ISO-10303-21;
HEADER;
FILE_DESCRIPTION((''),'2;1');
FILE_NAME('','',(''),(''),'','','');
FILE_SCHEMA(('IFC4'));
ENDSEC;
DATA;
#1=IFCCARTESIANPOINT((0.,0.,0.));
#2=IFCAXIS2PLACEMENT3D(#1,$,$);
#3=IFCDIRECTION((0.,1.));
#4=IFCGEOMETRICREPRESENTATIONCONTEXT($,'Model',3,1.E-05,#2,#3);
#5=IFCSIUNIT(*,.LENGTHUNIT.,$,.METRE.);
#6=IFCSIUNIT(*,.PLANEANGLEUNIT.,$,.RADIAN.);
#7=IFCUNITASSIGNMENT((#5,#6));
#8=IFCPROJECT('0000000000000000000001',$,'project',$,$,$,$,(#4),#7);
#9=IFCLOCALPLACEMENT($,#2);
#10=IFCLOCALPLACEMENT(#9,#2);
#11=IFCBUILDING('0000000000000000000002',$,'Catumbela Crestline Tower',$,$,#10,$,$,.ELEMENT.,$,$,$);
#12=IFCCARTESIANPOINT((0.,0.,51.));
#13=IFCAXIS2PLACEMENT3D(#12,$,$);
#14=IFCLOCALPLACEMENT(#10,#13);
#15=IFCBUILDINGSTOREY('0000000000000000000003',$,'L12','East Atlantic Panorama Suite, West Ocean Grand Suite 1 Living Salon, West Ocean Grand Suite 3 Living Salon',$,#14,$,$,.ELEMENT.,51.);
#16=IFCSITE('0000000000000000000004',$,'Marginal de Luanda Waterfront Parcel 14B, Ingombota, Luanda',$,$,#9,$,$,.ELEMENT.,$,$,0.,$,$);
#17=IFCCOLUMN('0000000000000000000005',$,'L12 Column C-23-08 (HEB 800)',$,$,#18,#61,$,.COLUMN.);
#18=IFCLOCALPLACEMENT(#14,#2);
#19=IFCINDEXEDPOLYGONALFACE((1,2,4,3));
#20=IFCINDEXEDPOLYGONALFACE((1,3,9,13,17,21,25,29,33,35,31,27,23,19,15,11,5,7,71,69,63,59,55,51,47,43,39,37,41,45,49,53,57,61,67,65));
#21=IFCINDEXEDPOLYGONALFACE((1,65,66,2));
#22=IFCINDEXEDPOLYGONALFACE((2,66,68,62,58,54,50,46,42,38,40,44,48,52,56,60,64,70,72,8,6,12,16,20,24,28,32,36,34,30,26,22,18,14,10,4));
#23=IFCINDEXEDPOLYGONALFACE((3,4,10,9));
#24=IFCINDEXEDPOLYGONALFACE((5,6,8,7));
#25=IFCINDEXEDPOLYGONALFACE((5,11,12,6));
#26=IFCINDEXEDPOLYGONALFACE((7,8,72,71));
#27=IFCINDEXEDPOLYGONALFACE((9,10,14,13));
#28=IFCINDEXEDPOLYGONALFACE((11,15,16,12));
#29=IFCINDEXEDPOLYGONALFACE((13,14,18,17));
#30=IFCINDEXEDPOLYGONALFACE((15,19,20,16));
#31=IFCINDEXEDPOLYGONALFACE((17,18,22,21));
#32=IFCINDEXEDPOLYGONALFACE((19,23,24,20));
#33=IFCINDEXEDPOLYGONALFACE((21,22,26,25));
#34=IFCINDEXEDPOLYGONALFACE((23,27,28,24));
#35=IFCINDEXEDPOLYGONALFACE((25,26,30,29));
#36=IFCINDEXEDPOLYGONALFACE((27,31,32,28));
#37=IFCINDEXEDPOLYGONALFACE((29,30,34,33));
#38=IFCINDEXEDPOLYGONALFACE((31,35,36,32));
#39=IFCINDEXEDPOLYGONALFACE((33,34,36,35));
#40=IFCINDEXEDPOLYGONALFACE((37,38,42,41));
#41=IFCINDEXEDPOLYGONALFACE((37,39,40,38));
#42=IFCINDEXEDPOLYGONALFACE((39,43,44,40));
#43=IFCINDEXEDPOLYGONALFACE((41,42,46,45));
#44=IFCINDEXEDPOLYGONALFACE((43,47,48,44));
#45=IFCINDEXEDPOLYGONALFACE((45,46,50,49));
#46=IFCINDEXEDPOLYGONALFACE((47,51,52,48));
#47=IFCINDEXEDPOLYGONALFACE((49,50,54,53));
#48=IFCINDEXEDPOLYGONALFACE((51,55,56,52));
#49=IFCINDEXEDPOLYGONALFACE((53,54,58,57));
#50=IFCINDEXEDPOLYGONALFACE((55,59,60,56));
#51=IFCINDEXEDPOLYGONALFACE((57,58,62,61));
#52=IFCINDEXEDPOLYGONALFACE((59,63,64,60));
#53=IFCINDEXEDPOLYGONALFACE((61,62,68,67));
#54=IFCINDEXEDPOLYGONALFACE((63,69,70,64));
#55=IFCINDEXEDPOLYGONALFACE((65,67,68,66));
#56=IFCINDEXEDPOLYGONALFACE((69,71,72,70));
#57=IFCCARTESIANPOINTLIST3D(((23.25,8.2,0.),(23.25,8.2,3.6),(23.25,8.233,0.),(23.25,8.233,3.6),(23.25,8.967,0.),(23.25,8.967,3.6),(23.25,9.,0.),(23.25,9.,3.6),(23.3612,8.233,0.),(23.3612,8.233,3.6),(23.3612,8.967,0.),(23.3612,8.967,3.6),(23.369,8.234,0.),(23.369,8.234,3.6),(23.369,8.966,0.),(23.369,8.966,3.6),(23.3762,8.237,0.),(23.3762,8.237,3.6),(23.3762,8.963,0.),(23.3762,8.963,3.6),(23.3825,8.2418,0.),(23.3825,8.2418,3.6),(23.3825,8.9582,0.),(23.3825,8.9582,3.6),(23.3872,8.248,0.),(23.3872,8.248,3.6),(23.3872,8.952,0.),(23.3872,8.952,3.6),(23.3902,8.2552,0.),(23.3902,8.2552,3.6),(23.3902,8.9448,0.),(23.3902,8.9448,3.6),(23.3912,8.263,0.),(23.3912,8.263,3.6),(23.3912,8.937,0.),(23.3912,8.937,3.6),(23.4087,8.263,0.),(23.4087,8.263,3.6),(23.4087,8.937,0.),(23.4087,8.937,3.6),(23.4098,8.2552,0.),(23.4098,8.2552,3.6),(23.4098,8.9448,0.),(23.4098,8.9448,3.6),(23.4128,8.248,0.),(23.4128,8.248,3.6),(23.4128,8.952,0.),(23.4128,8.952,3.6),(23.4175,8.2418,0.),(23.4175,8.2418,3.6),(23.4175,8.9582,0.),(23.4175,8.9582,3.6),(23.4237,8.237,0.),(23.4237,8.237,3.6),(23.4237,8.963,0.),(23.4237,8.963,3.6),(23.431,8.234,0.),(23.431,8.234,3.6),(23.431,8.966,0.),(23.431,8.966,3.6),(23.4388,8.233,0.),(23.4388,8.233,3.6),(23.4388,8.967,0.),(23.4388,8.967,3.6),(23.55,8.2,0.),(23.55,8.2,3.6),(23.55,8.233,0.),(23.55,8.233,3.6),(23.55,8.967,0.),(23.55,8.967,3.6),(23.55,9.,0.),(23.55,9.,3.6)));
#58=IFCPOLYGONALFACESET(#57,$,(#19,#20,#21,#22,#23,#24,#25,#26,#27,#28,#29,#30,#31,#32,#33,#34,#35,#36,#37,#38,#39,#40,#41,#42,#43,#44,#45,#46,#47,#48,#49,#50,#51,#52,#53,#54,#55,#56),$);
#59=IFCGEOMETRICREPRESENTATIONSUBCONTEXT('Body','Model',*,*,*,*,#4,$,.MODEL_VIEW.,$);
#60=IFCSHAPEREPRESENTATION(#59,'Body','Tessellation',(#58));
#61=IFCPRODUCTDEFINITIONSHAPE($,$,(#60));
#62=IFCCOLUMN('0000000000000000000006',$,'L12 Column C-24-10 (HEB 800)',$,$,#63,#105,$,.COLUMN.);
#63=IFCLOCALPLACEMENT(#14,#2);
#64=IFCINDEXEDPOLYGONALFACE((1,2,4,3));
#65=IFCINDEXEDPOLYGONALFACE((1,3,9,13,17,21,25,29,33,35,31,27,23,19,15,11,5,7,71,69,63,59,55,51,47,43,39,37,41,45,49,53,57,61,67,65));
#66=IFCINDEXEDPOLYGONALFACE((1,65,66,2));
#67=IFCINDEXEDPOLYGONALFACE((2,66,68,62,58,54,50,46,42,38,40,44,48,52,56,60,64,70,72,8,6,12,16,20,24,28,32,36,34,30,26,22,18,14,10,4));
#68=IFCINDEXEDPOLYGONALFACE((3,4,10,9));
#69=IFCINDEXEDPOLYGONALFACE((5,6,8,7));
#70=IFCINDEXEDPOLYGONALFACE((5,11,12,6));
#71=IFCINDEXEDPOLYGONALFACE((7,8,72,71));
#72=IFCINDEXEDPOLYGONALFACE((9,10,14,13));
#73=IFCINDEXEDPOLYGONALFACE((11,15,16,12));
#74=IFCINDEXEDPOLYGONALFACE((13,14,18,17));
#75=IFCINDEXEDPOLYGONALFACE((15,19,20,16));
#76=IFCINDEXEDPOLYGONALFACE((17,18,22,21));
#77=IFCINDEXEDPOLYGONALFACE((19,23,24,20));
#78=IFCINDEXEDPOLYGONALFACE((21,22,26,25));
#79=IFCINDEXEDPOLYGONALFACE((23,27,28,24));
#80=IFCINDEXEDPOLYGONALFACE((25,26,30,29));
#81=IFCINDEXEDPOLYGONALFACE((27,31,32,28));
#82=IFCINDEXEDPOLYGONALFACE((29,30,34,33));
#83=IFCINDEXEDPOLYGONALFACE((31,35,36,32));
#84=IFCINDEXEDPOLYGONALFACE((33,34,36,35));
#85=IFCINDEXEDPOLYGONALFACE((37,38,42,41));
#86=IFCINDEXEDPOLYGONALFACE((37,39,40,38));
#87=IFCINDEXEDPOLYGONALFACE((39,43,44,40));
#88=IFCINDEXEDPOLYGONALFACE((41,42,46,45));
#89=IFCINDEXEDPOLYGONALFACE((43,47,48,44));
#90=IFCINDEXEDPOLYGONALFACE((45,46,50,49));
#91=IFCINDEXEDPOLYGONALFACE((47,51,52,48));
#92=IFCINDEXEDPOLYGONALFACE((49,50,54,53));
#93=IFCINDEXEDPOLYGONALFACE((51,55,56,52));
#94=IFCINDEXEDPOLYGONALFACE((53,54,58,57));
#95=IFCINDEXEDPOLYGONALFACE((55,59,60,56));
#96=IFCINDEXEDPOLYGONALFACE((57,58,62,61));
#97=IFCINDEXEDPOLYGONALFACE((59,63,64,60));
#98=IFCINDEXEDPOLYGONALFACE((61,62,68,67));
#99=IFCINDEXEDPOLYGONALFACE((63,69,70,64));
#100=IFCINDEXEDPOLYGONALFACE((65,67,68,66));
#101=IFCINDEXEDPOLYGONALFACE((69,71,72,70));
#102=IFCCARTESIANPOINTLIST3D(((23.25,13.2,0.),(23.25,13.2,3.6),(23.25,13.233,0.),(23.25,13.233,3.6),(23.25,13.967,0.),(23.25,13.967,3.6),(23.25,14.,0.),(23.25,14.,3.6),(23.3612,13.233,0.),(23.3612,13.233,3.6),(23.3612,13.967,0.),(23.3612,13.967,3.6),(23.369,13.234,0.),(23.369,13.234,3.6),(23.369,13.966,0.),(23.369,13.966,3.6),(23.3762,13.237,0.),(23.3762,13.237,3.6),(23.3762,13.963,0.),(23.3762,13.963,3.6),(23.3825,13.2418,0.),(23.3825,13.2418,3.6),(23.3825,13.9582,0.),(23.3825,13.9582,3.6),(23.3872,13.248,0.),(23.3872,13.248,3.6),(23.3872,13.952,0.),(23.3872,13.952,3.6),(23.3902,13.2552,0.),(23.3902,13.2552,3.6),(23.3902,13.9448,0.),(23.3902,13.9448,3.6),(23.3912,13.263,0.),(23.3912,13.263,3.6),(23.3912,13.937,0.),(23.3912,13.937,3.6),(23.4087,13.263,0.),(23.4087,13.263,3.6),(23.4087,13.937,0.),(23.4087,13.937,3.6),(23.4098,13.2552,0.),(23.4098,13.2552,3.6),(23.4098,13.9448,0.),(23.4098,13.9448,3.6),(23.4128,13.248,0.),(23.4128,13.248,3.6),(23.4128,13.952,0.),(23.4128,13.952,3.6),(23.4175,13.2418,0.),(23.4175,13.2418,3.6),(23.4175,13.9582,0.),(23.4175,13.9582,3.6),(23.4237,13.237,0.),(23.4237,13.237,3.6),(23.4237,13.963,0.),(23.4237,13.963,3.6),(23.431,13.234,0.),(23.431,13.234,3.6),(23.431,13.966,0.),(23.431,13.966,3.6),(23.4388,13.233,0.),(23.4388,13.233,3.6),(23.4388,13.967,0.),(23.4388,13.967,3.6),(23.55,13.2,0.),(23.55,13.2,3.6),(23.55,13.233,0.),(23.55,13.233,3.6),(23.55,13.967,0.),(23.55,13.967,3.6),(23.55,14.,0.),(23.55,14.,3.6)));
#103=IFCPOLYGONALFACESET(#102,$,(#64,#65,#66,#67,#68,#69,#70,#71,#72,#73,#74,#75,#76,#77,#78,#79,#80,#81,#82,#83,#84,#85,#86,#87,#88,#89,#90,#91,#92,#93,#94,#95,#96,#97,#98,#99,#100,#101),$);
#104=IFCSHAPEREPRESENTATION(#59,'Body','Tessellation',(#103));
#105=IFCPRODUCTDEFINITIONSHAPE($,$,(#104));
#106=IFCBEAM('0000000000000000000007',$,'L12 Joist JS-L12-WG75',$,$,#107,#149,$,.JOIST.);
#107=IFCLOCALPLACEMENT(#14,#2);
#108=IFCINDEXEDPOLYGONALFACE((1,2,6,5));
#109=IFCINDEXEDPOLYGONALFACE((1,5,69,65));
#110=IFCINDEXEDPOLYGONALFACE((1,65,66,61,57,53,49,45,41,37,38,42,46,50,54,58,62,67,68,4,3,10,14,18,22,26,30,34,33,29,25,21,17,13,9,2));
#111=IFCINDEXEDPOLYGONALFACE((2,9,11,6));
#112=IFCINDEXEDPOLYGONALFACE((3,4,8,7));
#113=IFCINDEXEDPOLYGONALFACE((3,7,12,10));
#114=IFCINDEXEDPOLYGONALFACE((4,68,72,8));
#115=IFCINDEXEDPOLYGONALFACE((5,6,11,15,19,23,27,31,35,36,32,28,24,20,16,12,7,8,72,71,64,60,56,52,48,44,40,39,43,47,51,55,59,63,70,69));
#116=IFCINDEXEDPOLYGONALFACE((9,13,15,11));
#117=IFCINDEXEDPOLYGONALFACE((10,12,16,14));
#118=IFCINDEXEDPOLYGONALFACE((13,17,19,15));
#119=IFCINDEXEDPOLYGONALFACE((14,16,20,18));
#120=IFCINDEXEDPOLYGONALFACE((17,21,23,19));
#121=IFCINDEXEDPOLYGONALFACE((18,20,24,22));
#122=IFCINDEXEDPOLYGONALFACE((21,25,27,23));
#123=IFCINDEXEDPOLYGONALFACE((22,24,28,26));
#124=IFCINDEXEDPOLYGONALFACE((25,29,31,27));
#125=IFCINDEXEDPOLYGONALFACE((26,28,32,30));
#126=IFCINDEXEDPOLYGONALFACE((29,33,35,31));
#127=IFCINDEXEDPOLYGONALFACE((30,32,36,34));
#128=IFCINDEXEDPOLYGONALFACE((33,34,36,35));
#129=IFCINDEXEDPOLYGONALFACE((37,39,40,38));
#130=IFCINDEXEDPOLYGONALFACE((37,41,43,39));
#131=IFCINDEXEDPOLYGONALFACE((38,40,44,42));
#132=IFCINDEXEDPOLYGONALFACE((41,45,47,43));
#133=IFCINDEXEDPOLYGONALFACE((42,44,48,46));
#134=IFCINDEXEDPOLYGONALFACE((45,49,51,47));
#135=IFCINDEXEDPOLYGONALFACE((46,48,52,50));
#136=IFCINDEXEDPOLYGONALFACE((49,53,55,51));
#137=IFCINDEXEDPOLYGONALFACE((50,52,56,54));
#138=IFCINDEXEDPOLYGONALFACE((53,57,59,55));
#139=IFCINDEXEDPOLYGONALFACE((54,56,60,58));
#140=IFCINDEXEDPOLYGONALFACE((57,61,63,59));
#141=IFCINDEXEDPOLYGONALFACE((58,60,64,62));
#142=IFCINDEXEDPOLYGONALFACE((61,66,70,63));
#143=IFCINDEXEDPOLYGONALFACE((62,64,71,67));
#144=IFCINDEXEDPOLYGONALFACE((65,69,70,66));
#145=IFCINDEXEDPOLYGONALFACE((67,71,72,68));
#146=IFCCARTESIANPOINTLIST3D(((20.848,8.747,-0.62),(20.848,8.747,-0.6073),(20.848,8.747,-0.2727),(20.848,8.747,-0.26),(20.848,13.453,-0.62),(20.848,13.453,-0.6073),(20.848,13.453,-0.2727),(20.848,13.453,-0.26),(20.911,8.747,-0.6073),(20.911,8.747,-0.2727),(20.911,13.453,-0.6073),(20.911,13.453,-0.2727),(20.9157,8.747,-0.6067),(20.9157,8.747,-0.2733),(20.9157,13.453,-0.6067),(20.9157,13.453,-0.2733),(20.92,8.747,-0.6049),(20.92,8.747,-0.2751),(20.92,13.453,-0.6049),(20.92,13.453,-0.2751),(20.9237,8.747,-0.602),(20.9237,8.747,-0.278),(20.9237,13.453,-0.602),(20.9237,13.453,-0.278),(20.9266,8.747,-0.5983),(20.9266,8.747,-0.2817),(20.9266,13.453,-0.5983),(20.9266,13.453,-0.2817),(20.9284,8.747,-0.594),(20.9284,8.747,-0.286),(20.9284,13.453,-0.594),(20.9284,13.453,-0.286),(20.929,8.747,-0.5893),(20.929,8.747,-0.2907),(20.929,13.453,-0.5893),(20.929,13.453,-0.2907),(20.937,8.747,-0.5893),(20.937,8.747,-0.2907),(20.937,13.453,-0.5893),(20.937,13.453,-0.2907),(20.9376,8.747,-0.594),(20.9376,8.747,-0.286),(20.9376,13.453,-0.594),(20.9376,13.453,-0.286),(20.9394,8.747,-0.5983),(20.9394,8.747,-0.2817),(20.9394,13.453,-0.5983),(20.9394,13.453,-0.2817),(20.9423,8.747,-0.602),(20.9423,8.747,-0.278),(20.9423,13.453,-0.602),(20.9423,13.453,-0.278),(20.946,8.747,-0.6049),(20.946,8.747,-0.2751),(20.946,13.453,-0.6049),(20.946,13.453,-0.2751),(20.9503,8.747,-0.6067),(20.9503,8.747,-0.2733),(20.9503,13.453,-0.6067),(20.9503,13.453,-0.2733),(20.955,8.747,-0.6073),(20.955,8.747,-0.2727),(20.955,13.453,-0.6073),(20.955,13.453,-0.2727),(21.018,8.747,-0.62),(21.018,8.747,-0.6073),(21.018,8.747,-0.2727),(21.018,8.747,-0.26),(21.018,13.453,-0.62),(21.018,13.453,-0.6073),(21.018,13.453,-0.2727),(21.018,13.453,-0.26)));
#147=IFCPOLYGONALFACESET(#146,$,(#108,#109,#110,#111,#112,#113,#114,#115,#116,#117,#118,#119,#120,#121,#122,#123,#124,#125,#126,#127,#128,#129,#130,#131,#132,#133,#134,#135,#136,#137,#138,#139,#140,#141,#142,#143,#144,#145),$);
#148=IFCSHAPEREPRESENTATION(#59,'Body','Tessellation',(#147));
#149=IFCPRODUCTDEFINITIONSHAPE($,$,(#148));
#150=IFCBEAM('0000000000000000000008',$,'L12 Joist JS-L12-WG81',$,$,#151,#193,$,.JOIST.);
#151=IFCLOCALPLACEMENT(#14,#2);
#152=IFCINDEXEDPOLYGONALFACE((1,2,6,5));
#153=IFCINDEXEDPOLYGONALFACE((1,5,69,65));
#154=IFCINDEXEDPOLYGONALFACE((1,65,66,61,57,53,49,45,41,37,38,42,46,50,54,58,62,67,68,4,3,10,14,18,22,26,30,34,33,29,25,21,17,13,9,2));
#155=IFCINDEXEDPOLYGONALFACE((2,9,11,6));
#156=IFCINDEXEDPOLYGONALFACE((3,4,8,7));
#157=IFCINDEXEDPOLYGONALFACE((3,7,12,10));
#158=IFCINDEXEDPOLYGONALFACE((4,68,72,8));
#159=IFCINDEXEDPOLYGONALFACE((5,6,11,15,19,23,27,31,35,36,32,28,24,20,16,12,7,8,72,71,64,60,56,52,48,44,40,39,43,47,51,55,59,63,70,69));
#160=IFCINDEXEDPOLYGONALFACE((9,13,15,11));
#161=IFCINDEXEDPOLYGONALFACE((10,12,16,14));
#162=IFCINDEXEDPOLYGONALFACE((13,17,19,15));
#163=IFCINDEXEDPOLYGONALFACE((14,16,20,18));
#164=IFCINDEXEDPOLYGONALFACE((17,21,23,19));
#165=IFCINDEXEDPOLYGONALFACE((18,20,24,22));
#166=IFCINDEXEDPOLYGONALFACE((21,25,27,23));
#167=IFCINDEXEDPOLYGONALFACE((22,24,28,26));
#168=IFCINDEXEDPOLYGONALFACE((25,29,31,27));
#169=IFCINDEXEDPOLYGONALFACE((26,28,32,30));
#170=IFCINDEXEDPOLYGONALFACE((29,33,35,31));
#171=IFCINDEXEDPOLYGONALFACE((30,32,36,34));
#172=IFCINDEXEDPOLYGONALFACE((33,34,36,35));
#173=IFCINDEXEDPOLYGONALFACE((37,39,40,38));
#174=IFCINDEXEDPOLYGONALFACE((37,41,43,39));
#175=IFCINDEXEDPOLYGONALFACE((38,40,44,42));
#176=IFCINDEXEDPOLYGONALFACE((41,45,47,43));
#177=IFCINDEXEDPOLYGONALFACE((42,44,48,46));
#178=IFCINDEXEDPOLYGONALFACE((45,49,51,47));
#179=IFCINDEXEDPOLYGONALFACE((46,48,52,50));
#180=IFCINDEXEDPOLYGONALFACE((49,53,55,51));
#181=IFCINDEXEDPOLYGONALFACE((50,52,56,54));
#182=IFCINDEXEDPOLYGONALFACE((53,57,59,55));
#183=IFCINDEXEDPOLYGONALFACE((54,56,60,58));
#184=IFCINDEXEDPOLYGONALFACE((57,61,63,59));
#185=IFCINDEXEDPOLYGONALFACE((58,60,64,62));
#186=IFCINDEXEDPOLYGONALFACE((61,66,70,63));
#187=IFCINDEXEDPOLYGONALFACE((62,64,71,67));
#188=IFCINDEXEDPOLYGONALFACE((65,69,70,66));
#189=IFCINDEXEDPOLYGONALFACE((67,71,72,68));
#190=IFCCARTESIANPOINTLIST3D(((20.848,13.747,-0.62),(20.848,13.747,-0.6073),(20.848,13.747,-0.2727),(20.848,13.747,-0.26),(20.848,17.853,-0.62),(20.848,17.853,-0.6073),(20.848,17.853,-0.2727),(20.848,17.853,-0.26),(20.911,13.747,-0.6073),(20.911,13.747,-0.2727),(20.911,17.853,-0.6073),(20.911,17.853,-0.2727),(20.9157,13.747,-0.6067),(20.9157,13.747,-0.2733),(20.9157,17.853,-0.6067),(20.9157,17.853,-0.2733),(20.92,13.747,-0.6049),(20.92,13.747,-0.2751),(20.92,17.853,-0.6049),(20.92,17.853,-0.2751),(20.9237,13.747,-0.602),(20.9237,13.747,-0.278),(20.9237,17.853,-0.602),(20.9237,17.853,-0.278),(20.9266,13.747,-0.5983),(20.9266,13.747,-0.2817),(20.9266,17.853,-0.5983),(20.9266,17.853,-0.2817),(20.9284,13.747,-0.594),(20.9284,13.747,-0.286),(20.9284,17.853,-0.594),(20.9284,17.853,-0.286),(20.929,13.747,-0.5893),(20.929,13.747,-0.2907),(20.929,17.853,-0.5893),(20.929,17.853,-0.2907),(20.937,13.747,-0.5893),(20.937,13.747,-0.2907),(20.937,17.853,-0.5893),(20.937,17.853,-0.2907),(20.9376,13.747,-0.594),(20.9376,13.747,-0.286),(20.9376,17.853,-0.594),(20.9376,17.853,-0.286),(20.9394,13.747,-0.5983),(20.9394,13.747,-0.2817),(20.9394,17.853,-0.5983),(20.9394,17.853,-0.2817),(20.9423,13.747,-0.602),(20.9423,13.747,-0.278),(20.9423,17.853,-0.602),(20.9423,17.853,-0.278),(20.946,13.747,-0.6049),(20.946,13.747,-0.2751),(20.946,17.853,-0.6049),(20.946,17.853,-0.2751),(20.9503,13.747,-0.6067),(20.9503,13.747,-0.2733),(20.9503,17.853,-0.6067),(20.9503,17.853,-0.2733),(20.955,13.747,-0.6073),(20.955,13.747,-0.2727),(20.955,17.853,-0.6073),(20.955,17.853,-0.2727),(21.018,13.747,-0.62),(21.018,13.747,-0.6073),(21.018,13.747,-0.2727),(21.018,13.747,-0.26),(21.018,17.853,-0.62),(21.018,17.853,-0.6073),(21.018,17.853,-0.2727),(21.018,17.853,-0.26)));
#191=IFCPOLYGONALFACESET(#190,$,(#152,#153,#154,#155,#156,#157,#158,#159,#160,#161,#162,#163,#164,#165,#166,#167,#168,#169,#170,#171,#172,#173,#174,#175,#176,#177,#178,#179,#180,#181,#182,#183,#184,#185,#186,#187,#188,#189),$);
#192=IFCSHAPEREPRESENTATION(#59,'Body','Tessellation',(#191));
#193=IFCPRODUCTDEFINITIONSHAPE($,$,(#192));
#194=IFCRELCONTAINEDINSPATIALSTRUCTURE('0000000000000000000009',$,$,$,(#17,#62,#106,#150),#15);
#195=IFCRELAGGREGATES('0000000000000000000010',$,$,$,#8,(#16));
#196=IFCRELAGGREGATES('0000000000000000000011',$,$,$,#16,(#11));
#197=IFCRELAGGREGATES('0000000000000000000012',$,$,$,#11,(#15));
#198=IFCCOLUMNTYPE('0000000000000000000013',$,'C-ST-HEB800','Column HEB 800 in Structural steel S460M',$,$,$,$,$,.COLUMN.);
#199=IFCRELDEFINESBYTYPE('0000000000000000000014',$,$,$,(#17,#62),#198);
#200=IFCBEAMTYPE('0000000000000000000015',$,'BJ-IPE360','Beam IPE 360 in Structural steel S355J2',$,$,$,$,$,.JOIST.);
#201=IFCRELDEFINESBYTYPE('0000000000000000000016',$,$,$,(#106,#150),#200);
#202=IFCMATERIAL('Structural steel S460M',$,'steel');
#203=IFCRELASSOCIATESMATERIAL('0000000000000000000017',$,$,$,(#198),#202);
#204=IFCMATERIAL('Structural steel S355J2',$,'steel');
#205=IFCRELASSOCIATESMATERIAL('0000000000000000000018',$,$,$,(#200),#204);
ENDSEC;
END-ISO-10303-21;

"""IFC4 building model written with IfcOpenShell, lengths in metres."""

from ifc_helpers import new_model, si_unit, direction, frame, origin, origin_2d, place, context, subcontext, project, spatial, i_section, extrude, material, material_profile, profile_set, type_object, element, save


model = new_model("IFC4")

# Units and contexts
model_context = context("Model", 3, precision=1e-05, world=origin(), true_north=direction((0.0, 1.0)))
body_context = subcontext(model_context, "Body", "Model", "MODEL_VIEW")
ifc_project = project(units=[si_unit("LENGTHUNIT", "METRE"), si_unit("PLANEANGLEUNIT", "RADIAN")], contexts=[model_context])

# Site, building, storey
site_placement = place(None, origin())
site = spatial("IfcSite", under=ifc_project, at=site_placement, Name="Marginal de Luanda Waterfront Parcel 14B, Ingombota, Luanda", CompositionType="ELEMENT", RefElevation=0.0)
building_placement = place(site_placement, origin())
building = spatial("IfcBuilding", under=site, at=building_placement, Name="Catumbela Crestline Tower", CompositionType="ELEMENT")
storey_placement = place(building_placement, frame((0.0, 0.0, 51.0)))
storey = spatial("IfcBuildingStorey", under=building, at=storey_placement, Name="L12", Description="East Atlantic Panorama Suite, West Ocean Grand Suite 1 Living Salon, West Ocean Grand Suite 3 Living Salon", CompositionType="ELEMENT", Elevation=51.0)

# Columns
ifc_material_1 = material(Name="Structural steel S460M", Category="steel")
ifc_material_profile_1 = material_profile(ifc_material_1, i_section(OverallWidth=0.3, OverallDepth=0.8, WebThickness=0.0175, FlangeThickness=0.033, FilletRadius=0.03, at=origin_2d()), Name="HEB 800")
ifc_profile_set_1 = profile_set([ifc_material_profile_1], Name="Structural steel S460M")
column_type = type_object("IfcColumnType", Name="C-ST-HEB800", Description="Column HEB 800 in Structural steel S460M", PredefinedType="COLUMN", material=ifc_profile_set_1)
for number, where, z_axis, x_axis, name in (
    (1, (23.4, 8.6, 0.0), (0.0, 0.0, 1.0), (1.0, 0.0, 0.0), "L12 Column C-23-08 (HEB 800)"),
    (2, (23.4, 13.6, 0.0), (0.0, 0.0, 1.0), (1.0, 0.0, 0.0), "L12 Column C-24-10 (HEB 800)"),
):
    element("IfcColumn", number, at=place(storey_placement, frame(where, z_axis=z_axis, x_axis=x_axis)), inside=storey, type_object=column_type, Name=name, PredefinedType="COLUMN", context=body_context, shape_type="SweptSolid", body=[
        extrude(i_section(OverallWidth=0.3, OverallDepth=0.8, WebThickness=0.0175, FlangeThickness=0.033, FilletRadius=0.03, at=origin_2d()), origin(), (0.0, 0.0, 1.0), 3.6),
    ])

# Beams
ifc_material_2 = material(Name="Structural steel S355J2", Category="steel")
ifc_material_profile_2 = material_profile(ifc_material_2, i_section(OverallWidth=0.17, OverallDepth=0.36, WebThickness=0.008, FlangeThickness=0.0127, FilletRadius=0.018, at=origin_2d()), Name="IPE 360")
ifc_profile_set_2 = profile_set([ifc_material_profile_2], Name="Structural steel S355J2")
beam_type_1 = type_object("IfcBeamType", Name="BJ-IPE360", Description="Beam IPE 360 in Structural steel S355J2", PredefinedType="JOIST", material=ifc_profile_set_2)
beam_1_placement = place(storey_placement, frame((20.933, 8.747, -0.44), z_axis=(0.0, 1.0, 0.0), x_axis=(-1.0, 0.0, 0.0)))
element("IfcBeam", 3, at=beam_1_placement, inside=storey, type_object=beam_type_1, Name="L12 Joist JS-L12-WG75", PredefinedType="JOIST", context=body_context, shape_type="SweptSolid", body=[
    extrude(i_section(OverallWidth=0.17, OverallDepth=0.36, WebThickness=0.008, FlangeThickness=0.0127, FilletRadius=0.018, at=origin_2d()), origin(), (0.0, 0.0, 1.0), 4.706),
])
beam_2_placement = place(storey_placement, frame((20.933, 13.747, -0.44), z_axis=(0.0, 1.0, 0.0), x_axis=(-1.0, 0.0, 0.0)))
element("IfcBeam", 4, at=beam_2_placement, inside=storey, type_object=beam_type_1, Name="L12 Joist JS-L12-WG81", PredefinedType="JOIST", context=body_context, shape_type="SweptSolid", body=[
    extrude(i_section(OverallWidth=0.17, OverallDepth=0.36, WebThickness=0.008, FlangeThickness=0.0127, FilletRadius=0.018, at=origin_2d()), origin(), (0.0, 0.0, 1.0), 4.106),
])

save(model, "model.ifc")
